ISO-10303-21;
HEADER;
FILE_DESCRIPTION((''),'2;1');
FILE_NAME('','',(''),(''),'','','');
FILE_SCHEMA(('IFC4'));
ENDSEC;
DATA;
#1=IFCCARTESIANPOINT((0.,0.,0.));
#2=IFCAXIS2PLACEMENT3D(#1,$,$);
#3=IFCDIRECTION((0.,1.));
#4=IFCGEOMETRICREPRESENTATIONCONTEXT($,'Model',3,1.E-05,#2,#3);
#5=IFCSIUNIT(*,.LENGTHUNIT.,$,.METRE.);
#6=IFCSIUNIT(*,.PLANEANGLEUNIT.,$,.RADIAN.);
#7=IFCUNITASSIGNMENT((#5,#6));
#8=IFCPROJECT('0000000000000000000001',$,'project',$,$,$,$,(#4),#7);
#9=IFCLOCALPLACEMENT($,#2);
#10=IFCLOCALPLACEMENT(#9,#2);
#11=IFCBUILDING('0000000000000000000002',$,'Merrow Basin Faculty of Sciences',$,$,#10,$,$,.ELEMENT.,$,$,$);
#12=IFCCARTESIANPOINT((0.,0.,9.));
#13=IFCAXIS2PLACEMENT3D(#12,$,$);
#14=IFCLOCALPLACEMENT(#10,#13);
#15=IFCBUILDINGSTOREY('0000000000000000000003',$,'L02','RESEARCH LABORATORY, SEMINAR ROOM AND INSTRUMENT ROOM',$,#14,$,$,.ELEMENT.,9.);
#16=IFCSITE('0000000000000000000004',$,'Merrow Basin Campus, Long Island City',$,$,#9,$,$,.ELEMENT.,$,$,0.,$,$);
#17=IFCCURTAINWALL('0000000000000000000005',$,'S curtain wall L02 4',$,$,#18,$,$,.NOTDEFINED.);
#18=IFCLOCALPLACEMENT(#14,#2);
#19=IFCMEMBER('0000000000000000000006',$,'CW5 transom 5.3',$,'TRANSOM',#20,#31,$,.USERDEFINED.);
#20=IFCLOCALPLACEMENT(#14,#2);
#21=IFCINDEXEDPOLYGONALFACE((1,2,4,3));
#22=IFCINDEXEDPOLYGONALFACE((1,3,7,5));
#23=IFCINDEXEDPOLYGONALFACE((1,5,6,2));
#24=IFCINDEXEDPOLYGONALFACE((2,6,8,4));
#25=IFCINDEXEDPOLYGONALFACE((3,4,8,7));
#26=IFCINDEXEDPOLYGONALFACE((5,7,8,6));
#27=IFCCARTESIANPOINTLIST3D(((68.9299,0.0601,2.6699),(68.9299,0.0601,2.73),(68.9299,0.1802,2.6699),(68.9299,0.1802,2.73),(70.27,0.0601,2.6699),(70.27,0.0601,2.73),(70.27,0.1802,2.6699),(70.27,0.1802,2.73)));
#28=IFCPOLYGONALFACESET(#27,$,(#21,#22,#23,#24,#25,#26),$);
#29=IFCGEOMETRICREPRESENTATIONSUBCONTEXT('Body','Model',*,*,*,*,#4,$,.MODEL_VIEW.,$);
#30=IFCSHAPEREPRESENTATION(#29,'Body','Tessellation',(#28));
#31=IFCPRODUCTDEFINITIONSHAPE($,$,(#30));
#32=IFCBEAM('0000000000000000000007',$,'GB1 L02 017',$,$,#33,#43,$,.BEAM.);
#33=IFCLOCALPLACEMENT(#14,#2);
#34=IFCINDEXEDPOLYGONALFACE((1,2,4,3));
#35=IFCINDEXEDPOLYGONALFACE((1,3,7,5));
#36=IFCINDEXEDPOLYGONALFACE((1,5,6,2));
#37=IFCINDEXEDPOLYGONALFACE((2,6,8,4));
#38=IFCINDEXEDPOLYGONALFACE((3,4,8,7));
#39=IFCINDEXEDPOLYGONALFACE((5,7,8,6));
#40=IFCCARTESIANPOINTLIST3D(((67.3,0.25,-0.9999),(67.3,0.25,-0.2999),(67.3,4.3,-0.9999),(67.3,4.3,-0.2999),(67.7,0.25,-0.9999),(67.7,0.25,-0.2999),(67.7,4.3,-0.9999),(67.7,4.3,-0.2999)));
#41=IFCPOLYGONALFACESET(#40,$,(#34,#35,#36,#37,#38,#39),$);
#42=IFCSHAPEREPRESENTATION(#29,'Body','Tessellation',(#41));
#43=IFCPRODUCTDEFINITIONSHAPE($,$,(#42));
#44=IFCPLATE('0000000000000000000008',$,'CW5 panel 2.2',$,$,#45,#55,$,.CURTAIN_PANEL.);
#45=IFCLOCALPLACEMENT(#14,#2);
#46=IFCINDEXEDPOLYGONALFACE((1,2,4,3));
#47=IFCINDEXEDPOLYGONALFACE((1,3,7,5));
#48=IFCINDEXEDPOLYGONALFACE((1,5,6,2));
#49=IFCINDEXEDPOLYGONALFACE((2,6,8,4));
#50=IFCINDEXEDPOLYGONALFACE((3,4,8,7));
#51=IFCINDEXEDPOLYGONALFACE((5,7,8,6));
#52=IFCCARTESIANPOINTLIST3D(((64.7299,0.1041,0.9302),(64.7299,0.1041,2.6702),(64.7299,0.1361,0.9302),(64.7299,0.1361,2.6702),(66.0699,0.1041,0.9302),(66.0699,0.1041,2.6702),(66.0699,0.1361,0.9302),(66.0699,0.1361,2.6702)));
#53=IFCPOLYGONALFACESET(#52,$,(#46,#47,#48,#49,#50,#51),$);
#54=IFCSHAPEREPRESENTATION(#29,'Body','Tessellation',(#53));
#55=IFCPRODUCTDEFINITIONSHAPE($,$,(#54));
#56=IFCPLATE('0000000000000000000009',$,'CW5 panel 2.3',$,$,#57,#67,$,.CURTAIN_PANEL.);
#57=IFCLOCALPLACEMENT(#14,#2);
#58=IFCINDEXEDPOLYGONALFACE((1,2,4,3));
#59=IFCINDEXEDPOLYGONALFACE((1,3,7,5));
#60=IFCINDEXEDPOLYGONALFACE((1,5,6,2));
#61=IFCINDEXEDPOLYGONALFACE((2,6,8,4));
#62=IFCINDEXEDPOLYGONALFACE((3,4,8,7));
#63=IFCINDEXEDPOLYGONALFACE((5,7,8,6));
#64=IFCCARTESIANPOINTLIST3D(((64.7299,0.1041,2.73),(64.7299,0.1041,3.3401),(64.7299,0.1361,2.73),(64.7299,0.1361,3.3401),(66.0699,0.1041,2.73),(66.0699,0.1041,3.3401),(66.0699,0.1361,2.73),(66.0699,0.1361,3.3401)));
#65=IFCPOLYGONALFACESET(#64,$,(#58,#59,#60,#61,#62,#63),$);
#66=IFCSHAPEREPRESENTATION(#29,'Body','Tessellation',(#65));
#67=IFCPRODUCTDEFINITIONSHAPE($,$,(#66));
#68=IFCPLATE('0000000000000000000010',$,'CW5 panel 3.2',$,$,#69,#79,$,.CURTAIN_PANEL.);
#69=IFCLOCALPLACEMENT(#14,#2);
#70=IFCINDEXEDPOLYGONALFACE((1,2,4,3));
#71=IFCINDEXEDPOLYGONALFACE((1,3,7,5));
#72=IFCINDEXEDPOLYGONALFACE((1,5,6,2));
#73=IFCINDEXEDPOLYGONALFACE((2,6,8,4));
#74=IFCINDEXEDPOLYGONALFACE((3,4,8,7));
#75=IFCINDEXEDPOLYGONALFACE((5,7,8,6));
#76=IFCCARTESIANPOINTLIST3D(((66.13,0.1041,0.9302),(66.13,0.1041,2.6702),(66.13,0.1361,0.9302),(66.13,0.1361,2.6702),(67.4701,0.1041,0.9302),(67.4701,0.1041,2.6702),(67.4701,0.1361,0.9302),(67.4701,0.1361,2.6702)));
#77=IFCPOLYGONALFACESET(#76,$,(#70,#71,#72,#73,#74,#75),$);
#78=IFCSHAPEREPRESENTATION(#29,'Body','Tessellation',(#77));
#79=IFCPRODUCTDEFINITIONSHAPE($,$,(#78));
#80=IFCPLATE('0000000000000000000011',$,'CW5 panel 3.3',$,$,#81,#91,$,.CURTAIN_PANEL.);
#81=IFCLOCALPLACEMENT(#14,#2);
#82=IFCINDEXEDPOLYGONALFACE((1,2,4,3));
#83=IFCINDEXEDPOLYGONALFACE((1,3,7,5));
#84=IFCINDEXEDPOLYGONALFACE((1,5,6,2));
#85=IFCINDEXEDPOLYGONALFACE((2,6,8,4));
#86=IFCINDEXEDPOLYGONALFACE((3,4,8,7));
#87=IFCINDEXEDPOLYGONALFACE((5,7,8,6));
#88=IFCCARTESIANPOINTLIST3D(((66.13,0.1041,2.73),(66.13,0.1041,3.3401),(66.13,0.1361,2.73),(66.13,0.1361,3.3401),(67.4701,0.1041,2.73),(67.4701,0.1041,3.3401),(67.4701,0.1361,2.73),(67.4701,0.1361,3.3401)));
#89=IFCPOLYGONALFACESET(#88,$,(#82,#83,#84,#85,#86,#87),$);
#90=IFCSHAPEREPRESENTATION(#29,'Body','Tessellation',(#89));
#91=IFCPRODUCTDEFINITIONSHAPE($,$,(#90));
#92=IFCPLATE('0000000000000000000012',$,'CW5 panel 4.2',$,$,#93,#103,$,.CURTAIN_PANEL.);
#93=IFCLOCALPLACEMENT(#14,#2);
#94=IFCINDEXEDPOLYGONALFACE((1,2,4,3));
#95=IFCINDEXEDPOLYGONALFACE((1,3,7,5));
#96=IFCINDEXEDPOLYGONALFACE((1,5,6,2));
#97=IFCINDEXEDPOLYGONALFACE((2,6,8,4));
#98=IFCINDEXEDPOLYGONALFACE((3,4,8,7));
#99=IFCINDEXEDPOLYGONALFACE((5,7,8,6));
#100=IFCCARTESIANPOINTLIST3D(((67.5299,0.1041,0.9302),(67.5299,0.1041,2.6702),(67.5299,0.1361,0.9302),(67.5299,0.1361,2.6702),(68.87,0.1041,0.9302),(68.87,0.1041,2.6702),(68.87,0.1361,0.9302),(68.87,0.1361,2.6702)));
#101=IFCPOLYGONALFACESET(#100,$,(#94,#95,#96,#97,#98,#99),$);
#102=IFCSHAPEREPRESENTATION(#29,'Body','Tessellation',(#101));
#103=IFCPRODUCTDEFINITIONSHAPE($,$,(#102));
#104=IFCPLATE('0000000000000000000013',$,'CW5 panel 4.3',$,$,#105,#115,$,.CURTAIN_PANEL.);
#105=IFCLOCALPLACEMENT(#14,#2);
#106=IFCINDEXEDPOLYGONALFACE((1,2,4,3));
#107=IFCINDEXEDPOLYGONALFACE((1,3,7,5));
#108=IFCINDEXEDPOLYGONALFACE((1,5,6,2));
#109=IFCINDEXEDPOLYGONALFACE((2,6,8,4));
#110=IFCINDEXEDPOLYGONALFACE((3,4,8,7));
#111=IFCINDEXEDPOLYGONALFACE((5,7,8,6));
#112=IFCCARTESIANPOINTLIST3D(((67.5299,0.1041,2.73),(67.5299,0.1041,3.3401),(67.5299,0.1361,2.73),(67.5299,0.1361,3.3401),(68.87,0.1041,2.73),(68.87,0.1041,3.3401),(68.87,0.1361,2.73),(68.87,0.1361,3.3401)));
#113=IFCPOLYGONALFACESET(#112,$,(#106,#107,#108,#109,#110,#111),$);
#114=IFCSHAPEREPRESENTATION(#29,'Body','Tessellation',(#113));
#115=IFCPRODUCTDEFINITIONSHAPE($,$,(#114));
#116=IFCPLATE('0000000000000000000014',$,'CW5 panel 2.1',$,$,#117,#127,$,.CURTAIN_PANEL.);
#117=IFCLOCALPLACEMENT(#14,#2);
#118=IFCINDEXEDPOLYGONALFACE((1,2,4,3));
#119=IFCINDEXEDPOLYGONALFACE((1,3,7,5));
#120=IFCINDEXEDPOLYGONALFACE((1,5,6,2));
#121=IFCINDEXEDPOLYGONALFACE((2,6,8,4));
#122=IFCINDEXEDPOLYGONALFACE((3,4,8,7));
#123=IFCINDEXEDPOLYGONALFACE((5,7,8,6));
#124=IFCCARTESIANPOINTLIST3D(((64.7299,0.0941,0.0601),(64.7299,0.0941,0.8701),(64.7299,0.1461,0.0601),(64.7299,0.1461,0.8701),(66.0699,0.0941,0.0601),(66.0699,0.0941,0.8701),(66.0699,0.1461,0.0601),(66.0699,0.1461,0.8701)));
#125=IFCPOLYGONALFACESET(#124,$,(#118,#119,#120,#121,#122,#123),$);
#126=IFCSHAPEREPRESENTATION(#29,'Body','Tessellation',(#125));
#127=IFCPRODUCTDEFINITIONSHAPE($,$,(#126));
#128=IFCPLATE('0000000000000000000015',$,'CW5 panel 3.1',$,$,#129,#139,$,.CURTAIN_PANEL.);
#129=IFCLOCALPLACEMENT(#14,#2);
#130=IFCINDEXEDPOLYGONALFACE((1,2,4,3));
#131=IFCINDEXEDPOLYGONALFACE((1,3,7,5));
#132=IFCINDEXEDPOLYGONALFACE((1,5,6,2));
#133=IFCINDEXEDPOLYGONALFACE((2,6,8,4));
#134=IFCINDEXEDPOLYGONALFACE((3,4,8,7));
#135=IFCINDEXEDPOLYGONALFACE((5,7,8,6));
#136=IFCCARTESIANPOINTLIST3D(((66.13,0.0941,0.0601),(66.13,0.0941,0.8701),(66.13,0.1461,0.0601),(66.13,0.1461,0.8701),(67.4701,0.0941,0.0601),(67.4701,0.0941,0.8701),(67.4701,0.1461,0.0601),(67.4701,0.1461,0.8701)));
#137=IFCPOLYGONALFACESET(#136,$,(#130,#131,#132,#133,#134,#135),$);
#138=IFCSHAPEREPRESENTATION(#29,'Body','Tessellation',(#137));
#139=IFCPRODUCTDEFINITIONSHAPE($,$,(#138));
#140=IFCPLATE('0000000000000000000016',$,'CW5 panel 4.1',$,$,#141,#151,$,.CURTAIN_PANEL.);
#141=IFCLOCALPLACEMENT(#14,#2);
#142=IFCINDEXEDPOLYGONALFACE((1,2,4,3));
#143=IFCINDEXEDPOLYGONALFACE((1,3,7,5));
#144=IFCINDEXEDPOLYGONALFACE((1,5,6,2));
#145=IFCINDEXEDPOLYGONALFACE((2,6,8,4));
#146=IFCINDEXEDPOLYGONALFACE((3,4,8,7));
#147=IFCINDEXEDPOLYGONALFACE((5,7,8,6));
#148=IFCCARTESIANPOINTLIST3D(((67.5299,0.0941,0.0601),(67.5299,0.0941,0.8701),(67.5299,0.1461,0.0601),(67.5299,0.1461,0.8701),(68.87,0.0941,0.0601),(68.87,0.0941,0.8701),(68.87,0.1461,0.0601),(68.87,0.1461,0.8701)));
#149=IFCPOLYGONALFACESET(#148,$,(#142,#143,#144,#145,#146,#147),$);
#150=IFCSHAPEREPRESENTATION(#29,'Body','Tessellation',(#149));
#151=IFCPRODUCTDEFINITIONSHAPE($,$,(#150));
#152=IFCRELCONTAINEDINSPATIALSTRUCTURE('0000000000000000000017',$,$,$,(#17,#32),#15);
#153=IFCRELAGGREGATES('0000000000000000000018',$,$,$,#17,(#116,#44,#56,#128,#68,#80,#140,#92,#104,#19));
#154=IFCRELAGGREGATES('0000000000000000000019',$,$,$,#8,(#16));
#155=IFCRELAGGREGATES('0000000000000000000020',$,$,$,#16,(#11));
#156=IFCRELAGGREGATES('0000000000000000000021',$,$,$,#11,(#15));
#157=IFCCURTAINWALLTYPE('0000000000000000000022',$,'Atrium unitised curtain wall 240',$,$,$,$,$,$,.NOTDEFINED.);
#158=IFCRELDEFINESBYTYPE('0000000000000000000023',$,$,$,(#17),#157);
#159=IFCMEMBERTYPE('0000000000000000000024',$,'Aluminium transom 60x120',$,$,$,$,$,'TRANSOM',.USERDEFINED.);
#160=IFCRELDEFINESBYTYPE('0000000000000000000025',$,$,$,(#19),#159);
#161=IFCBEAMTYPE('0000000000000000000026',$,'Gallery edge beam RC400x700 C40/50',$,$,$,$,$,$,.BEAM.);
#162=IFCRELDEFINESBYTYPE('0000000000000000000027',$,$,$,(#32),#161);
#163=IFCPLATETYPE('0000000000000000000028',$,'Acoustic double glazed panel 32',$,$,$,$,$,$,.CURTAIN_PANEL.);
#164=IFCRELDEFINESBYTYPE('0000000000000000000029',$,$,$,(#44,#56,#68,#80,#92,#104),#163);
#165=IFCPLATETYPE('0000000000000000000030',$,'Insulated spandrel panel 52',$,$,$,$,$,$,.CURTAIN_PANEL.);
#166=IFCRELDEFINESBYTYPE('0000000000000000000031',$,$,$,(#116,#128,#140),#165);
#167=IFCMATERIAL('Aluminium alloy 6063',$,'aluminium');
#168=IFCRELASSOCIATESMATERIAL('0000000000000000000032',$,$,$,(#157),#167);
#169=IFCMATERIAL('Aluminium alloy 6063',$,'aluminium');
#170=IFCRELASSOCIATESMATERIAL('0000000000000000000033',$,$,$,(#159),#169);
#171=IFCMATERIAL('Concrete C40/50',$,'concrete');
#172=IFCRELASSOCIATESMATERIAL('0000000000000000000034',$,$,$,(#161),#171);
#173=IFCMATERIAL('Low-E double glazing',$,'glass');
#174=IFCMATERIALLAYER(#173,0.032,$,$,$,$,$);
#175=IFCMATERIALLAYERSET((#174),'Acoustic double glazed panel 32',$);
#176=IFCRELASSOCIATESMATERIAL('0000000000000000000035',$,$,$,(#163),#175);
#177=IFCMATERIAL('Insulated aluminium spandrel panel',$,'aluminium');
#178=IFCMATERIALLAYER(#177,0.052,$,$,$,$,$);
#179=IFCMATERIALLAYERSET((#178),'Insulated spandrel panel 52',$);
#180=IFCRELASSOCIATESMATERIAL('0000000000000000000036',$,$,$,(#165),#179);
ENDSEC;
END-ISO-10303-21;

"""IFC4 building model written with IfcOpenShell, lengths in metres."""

from ifc_helpers import new_model, si_unit, direction, frame, origin, origin_2d, place, context, subcontext, project, spatial, rectangle, extrude, material, layer, layer_set, material_profile, profile_set, type_object, element, aggregate, save


model = new_model("IFC4")

# Units and contexts
model_context = context("Model", 3, precision=1e-05, world=origin(), true_north=direction((0.0, 1.0)))
body_context = subcontext(model_context, "Body", "Model", "MODEL_VIEW")
ifc_project = project(units=[si_unit("LENGTHUNIT", "METRE"), si_unit("PLANEANGLEUNIT", "RADIAN")], contexts=[model_context])

# Site, building, storey
site_placement = place(None, origin())
site = spatial("IfcSite", under=ifc_project, at=site_placement, Name="Merrow Basin Campus, Long Island City", CompositionType="ELEMENT", RefElevation=0.0)
building_placement = place(site_placement, origin())
building = spatial("IfcBuilding", under=site, at=building_placement, Name="Merrow Basin Faculty of Sciences", CompositionType="ELEMENT")
storey_placement = place(building_placement, frame((0.0, 0.0, 9.0)))
storey = spatial("IfcBuildingStorey", under=building, at=storey_placement, Name="L02", Description="RESEARCH LABORATORY, SEMINAR ROOM AND INSTRUMENT ROOM", CompositionType="ELEMENT", Elevation=9.0)

# Curtain wall, member
ifc_material_1 = material(Name="Aluminium alloy 6063", Category="aluminium")
curtain_wall_type = type_object("IfcCurtainWallType", Name="Atrium unitised curtain wall 240", PredefinedType="NOTDEFINED", material=ifc_material_1)
curtain_wall_placement = place(storey_placement, origin())
curtain_wall = element("IfcCurtainWall", 1, at=curtain_wall_placement, inside=storey, type_object=curtain_wall_type, Name="S curtain wall L02 4", PredefinedType="NOTDEFINED")
ifc_material_2 = material(Name="Aluminium alloy 6063", Category="aluminium")
ifc_material_profile_1 = material_profile(ifc_material_2, rectangle(XDim=0.1201, YDim=0.0601, at=origin_2d()))
ifc_profile_set_1 = profile_set([ifc_material_profile_1], Name="Aluminium alloy 6063")
member_type_1 = type_object("IfcMemberType", Name="Aluminium transom 60x120", ElementType="TRANSOM", PredefinedType="USERDEFINED", material=ifc_profile_set_1)
member_1_placement = place(storey_placement, frame((68.9299, 0.1201, 2.7), z_axis=(1.0, 0.0, 0.0), x_axis=(0.0, 1.0, 0.0)))
member_1 = element("IfcMember", 2, at=member_1_placement, type_object=member_type_1, Name="CW5 transom 5.3", ObjectType="TRANSOM", PredefinedType="USERDEFINED", context=body_context, shape_type="SweptSolid", body=[
    extrude(rectangle(XDim=0.1201, YDim=0.0601, at=origin_2d()), origin(), (0.0, 0.0, 1.0), 1.3401),
])

# Beam
ifc_material_3 = material(Name="Concrete C40/50", Category="concrete")
ifc_material_profile_2 = material_profile(ifc_material_3, rectangle(XDim=0.3999, YDim=0.7, at=origin_2d()))
ifc_profile_set_2 = profile_set([ifc_material_profile_2], Name="Concrete C40/50")
beam_type = type_object("IfcBeamType", Name="Gallery edge beam RC400x700 C40/50", PredefinedType="BEAM", material=ifc_profile_set_2)
beam_placement = place(storey_placement, frame((67.5, 0.25, -0.6499), z_axis=(0.0, 1.0, 0.0), x_axis=(-1.0, 0.0, 0.0)))
element("IfcBeam", 3, at=beam_placement, inside=storey, type_object=beam_type, Name="GB1 L02 017", PredefinedType="BEAM", context=body_context, shape_type="SweptSolid", body=[
    extrude(rectangle(XDim=0.3999, YDim=0.7, at=origin_2d()), origin(), (0.0, 0.0, 1.0), 4.05),
])

# Plates
ifc_material_4 = material(Name="Low-E double glazing", Category="glass")
ifc_layer_1 = layer(ifc_material_4, 0.032)
ifc_layer_set_1 = layer_set([ifc_layer_1], Name="Acoustic double glazed panel 32")
plate_type_1 = type_object("IfcPlateType", Name="Acoustic double glazed panel 32", PredefinedType="CURTAIN_PANEL", material=ifc_layer_set_1)
plate_1_placement = place(storey_placement, frame((65.3999, 0.1201, 0.9302), z_axis=(0.0, 0.0, 1.0), x_axis=(1.0, 0.0, 0.0)))
plate_1 = element("IfcPlate", 4, at=plate_1_placement, type_object=plate_type_1, Name="CW5 panel 2.2", PredefinedType="CURTAIN_PANEL", context=body_context, shape_type="SweptSolid", body=[
    extrude(rectangle(XDim=1.3401, YDim=0.032, at=origin_2d()), origin(), (0.0, 0.0, 1.0), 1.74),
])
plate_2_placement = place(storey_placement, frame((65.3999, 0.1201, 2.73), z_axis=(0.0, 0.0, 1.0), x_axis=(1.0, 0.0, 0.0)))
plate_2 = element("IfcPlate", 5, at=plate_2_placement, type_object=plate_type_1, Name="CW5 panel 2.3", PredefinedType="CURTAIN_PANEL", context=body_context, shape_type="SweptSolid", body=[
    extrude(rectangle(XDim=1.3401, YDim=0.032, at=origin_2d()), origin(), (0.0, 0.0, 1.0), 0.6101),
])
plate_3_placement = place(storey_placement, frame((66.8, 0.1201, 0.9302), z_axis=(0.0, 0.0, 1.0), x_axis=(1.0, 0.0, 0.0)))
plate_3 = element("IfcPlate", 6, at=plate_3_placement, type_object=plate_type_1, Name="CW5 panel 3.2", PredefinedType="CURTAIN_PANEL", context=body_context, shape_type="SweptSolid", body=[
    extrude(rectangle(XDim=1.3401, YDim=0.032, at=origin_2d()), origin(), (0.0, 0.0, 1.0), 1.74),
])
plate_4_placement = place(storey_placement, frame((66.8, 0.1201, 2.73), z_axis=(0.0, 0.0, 1.0), x_axis=(1.0, 0.0, 0.0)))
plate_4 = element("IfcPlate", 7, at=plate_4_placement, type_object=plate_type_1, Name="CW5 panel 3.3", PredefinedType="CURTAIN_PANEL", context=body_context, shape_type="SweptSolid", body=[
    extrude(rectangle(XDim=1.3401, YDim=0.032, at=origin_2d()), origin(), (0.0, 0.0, 1.0), 0.6101),
])
plate_5_placement = place(storey_placement, frame((68.2, 0.1201, 0.9302), z_axis=(0.0, 0.0, 1.0), x_axis=(1.0, 0.0, 0.0)))
plate_5 = element("IfcPlate", 8, at=plate_5_placement, type_object=plate_type_1, Name="CW5 panel 4.2", PredefinedType="CURTAIN_PANEL", context=body_context, shape_type="SweptSolid", body=[
    extrude(rectangle(XDim=1.3401, YDim=0.032, at=origin_2d()), origin(), (0.0, 0.0, 1.0), 1.74),
])
plate_6_placement = place(storey_placement, frame((68.2, 0.1201, 2.73), z_axis=(0.0, 0.0, 1.0), x_axis=(1.0, 0.0, 0.0)))
plate_6 = element("IfcPlate", 9, at=plate_6_placement, type_object=plate_type_1, Name="CW5 panel 4.3", PredefinedType="CURTAIN_PANEL", context=body_context, shape_type="SweptSolid", body=[
    extrude(rectangle(XDim=1.3401, YDim=0.032, at=origin_2d()), origin(), (0.0, 0.0, 1.0), 0.6101),
])
ifc_material_5 = material(Name="Insulated aluminium spandrel panel", Category="aluminium")
ifc_layer_2 = layer(ifc_material_5, 0.052)
ifc_layer_set_2 = layer_set([ifc_layer_2], Name="Insulated spandrel panel 52")
plate_type_2 = type_object("IfcPlateType", Name="Insulated spandrel panel 52", PredefinedType="CURTAIN_PANEL", material=ifc_layer_set_2)
plate_7_placement = place(storey_placement, frame((65.3999, 0.1201, 0.0601), z_axis=(0.0, 0.0, 1.0), x_axis=(1.0, 0.0, 0.0)))
plate_7 = element("IfcPlate", 10, at=plate_7_placement, type_object=plate_type_2, Name="CW5 panel 2.1", PredefinedType="CURTAIN_PANEL", context=body_context, shape_type="SweptSolid", body=[
    extrude(rectangle(XDim=1.3401, YDim=0.052, at=origin_2d()), origin(), (0.0, 0.0, 1.0), 0.8101),
])
plate_8_placement = place(storey_placement, frame((66.8, 0.1201, 0.0601), z_axis=(0.0, 0.0, 1.0), x_axis=(1.0, 0.0, 0.0)))
plate_8 = element("IfcPlate", 11, at=plate_8_placement, type_object=plate_type_2, Name="CW5 panel 3.1", PredefinedType="CURTAIN_PANEL", context=body_context, shape_type="SweptSolid", body=[
    extrude(rectangle(XDim=1.3401, YDim=0.052, at=origin_2d()), origin(), (0.0, 0.0, 1.0), 0.8101),
])
plate_9_placement = place(storey_placement, frame((68.2, 0.1201, 0.0601), z_axis=(0.0, 0.0, 1.0), x_axis=(1.0, 0.0, 0.0)))
plate_9 = element("IfcPlate", 12, at=plate_9_placement, type_object=plate_type_2, Name="CW5 panel 4.1", PredefinedType="CURTAIN_PANEL", context=body_context, shape_type="SweptSolid", body=[
    extrude(rectangle(XDim=1.3401, YDim=0.052, at=origin_2d()), origin(), (0.0, 0.0, 1.0), 0.8101),
])
aggregate(curtain_wall, [plate_7, plate_1, plate_2, plate_8, plate_3, plate_4, plate_9, plate_5, plate_6, member_1])

save(model, "model.ifc")
